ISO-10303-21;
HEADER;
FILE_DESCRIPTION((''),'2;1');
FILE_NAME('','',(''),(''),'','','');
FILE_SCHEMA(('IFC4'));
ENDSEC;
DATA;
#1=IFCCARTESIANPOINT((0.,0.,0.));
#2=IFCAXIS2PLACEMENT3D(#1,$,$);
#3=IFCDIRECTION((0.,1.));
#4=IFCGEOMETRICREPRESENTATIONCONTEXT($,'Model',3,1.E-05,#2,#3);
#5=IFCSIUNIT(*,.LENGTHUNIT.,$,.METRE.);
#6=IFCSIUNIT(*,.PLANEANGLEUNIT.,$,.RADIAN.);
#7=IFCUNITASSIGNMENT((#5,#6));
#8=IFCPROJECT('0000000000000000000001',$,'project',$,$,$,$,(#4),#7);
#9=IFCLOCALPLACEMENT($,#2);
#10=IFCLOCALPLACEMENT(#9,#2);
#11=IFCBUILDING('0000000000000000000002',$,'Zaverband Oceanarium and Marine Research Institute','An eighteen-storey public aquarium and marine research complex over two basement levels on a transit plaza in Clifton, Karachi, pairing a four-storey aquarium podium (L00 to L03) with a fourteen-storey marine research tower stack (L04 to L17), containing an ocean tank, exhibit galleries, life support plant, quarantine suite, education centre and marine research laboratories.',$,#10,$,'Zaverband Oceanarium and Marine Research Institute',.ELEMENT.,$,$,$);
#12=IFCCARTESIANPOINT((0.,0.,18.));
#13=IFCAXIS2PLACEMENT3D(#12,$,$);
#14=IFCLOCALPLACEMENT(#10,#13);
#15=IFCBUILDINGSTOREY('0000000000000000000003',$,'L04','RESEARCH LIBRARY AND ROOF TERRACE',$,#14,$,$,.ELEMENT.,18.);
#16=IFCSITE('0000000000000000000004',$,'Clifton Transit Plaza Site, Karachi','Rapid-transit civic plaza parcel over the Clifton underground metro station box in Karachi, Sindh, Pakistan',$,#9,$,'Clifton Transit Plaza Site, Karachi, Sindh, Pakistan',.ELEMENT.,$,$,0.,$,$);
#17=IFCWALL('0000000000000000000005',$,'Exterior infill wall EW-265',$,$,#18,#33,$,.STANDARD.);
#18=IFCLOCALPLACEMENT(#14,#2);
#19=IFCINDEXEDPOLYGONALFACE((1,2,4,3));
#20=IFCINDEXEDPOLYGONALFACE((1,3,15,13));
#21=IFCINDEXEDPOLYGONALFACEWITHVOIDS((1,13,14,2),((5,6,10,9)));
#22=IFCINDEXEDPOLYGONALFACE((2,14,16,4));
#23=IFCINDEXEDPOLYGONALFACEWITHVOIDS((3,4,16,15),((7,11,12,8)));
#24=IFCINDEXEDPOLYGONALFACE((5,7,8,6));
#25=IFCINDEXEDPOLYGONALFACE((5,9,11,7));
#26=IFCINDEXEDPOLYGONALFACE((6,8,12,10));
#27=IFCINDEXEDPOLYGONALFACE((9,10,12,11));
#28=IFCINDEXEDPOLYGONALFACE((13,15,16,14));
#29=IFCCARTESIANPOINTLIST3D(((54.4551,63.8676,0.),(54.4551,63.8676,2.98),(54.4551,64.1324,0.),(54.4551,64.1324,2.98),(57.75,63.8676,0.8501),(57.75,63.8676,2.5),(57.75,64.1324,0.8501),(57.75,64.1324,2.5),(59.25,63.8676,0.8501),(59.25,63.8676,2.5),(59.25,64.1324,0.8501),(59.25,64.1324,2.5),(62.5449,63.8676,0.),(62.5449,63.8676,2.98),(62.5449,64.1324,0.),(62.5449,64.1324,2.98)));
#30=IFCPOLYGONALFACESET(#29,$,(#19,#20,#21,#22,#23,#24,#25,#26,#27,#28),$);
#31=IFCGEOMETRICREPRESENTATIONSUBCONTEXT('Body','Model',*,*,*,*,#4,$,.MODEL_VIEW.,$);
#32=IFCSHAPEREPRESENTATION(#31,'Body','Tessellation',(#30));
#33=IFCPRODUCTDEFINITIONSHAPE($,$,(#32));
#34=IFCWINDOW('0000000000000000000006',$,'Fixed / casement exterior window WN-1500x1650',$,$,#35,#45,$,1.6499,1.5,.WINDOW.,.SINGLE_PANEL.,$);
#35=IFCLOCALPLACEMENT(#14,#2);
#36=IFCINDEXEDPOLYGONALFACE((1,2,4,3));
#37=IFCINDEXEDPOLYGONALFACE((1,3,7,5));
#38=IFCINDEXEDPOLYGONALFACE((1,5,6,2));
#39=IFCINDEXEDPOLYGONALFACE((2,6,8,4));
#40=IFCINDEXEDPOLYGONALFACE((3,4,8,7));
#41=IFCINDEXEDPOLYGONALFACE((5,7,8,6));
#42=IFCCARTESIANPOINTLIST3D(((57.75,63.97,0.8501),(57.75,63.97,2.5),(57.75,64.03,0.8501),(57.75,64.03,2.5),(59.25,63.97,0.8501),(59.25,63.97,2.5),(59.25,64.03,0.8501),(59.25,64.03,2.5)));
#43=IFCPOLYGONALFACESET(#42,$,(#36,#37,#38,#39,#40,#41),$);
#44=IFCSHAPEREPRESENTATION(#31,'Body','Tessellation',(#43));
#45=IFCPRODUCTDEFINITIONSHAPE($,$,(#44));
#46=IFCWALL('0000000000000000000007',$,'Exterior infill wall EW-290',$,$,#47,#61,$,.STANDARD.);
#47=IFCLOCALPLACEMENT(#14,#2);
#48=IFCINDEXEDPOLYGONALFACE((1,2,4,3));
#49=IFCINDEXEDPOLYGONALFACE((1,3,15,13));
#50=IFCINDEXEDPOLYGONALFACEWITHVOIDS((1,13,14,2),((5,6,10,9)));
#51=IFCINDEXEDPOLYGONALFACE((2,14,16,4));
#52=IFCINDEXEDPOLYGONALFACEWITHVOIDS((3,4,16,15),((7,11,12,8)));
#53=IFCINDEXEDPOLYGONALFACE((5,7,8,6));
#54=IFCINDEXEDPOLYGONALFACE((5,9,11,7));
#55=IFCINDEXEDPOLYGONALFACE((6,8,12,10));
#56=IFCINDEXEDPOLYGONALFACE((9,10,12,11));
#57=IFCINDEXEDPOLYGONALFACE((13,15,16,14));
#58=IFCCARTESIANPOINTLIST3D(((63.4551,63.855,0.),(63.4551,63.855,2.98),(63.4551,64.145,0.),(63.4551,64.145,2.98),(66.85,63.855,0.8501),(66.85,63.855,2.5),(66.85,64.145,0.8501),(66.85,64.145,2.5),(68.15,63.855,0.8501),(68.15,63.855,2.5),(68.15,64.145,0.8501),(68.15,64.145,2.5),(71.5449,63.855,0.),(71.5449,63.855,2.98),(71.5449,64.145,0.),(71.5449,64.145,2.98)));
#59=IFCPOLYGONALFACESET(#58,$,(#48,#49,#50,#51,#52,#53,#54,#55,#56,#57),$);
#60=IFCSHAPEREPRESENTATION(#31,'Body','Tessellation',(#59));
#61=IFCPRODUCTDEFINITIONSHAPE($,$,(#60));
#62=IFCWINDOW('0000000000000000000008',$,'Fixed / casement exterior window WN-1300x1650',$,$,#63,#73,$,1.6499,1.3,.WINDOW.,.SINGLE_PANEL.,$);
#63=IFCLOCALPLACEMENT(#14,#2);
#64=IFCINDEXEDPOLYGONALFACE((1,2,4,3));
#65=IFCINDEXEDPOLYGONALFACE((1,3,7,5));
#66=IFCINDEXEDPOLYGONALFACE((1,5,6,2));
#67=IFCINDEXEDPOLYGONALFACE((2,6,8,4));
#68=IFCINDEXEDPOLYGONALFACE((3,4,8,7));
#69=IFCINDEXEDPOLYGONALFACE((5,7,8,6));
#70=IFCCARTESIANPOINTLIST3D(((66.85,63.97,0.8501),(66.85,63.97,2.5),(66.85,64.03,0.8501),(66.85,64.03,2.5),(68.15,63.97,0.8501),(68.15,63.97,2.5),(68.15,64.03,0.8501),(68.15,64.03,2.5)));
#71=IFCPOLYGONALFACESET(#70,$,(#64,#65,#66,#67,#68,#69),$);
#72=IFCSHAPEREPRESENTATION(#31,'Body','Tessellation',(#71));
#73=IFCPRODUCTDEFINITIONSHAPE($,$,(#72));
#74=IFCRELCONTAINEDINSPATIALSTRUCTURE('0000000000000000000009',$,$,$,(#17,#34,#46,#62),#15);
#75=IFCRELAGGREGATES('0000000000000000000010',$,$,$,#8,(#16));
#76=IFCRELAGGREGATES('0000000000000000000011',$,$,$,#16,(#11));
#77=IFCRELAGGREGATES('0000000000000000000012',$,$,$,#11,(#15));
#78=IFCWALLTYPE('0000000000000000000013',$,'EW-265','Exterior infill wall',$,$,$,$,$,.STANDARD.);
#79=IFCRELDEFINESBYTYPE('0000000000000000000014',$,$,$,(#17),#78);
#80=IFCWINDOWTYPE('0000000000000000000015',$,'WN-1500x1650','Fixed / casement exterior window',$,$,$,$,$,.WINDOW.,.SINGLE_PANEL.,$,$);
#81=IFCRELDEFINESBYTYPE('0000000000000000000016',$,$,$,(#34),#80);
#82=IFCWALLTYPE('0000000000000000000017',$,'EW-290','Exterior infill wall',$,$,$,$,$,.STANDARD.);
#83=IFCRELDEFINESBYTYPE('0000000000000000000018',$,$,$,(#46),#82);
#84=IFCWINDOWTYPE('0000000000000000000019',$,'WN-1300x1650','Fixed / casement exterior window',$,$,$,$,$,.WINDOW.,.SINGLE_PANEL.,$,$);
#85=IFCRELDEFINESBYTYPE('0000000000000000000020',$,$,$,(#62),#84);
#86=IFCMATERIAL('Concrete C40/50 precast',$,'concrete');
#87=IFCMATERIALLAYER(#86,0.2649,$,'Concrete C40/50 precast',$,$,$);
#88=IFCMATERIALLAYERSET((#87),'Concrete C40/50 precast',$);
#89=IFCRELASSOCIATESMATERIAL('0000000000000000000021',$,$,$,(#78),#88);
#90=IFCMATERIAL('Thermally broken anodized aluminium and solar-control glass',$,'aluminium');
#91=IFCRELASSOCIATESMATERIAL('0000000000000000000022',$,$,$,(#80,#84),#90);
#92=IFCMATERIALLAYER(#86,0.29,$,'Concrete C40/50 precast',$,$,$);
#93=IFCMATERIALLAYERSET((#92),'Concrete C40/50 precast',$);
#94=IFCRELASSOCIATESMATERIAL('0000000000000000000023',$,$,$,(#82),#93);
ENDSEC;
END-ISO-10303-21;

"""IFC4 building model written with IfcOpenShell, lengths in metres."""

from ifc_helpers import new_model, si_unit, direction, frame, frame_2d, origin, place, context, subcontext, project, spatial, rectangle, extrude, material, layer, layer_set, type_object, element, fill, save


model = new_model("IFC4")

# Units and contexts
model_context = context("Model", 3, precision=1e-05, world=origin(), true_north=direction((0.0, 1.0)))
body_context = subcontext(model_context, "Body", "Model", "MODEL_VIEW")
ifc_project = project(units=[si_unit("LENGTHUNIT", "METRE"), si_unit("PLANEANGLEUNIT", "RADIAN")], contexts=[model_context])

# Site, building, storey
site_placement = place(None, origin())
site = spatial("IfcSite", under=ifc_project, at=site_placement, Name="Clifton Transit Plaza Site, Karachi", Description="Rapid-transit civic plaza parcel over the Clifton underground metro station box in Karachi, Sindh, Pakistan", LongName="Clifton Transit Plaza Site, Karachi, Sindh, Pakistan", CompositionType="ELEMENT", RefElevation=0.0)
building_placement = place(site_placement, origin())
building = spatial("IfcBuilding", under=site, at=building_placement, Name="Zaverband Oceanarium and Marine Research Institute", Description="An eighteen-storey public aquarium and marine research complex over two basement levels on a transit plaza in Clifton, Karachi, pairing a four-storey aquarium podium (L00 to L03) with a fourteen-storey marine research tower stack (L04 to L17), containing an ocean tank, exhibit galleries, life support plant, quarantine suite, education centre and marine research laboratories.", LongName="Zaverband Oceanarium and Marine Research Institute", CompositionType="ELEMENT")
storey_placement = place(building_placement, frame((0.0, 0.0, 18.0)))
storey = spatial("IfcBuildingStorey", under=building, at=storey_placement, Name="L04", Description="RESEARCH LIBRARY AND ROOF TERRACE", CompositionType="ELEMENT", Elevation=18.0)

# Shared definitions
ifc_material_1 = material(Name="Thermally broken anodized aluminium and solar-control glass", Category="aluminium")

# Walls, openings, windows
ifc_material_2 = material(Name="Concrete C40/50 precast", Category="concrete")
ifc_layer_1 = layer(ifc_material_2, 0.2649, Name="Concrete C40/50 precast")
ifc_layer_set_1 = layer_set([ifc_layer_1], Name="Concrete C40/50 precast")
wall_type_1 = type_object("IfcWallType", Name="EW-265", Description="Exterior infill wall", PredefinedType="STANDARD", material=ifc_layer_set_1)
wall_1_placement = place(storey_placement, frame((54.4551, 64.0, 0.0), z_axis=(0.0, 0.0, 1.0), x_axis=(1.0, 0.0, 0.0)))
wall_1 = element("IfcWall", 1, at=wall_1_placement, inside=storey, type_object=wall_type_1, Name="Exterior infill wall EW-265", PredefinedType="STANDARD", context=body_context, shape_type="SweptSolid", body=[
    extrude(rectangle(XDim=8.0898, YDim=0.2649, at=frame_2d((4.0449, 0.0))), origin(), (0.0, 0.0, 1.0), 2.98),
])
opening_1_placement = place(wall_1_placement, frame((3.2949, 0.0, 0.8501)))
opening_1 = element("IfcOpeningElement", 2, at=opening_1_placement, cuts=wall_1, PredefinedType="OPENING", context=body_context, shape_type="SweptSolid", body=[
    extrude(rectangle(XDim=1.5, YDim=1.6499, at=frame_2d((0.75, 0.825))), frame((0.0, 0.1445, 0.0), z_axis=(0.0, -1.0, 0.0), x_axis=(1.0, 0.0, 0.0)), (0.0, 0.0, 1.0), 0.2888),
])
window_type_1 = type_object("IfcWindowType", Name="WN-1500x1650", Description="Fixed / casement exterior window", PartitioningType="SINGLE_PANEL", PredefinedType="WINDOW", material=ifc_material_1)
window_1_placement = place(opening_1_placement, origin())
window_1 = element("IfcWindow", 3, at=window_1_placement, inside=storey, type_object=window_type_1, Name="Fixed / casement exterior window WN-1500x1650", OverallHeight=1.6499, OverallWidth=1.5, PartitioningType="SINGLE_PANEL", PredefinedType="WINDOW", context=body_context, shape_type="SweptSolid", body=[
    extrude(rectangle(XDim=1.5, YDim=1.6499, at=frame_2d((0.75, 0.825))), frame((0.0, 0.03, 0.0), z_axis=(0.0, -1.0, 0.0), x_axis=(1.0, 0.0, 0.0)), (0.0, 0.0, 1.0), 0.0601),
])
fill(opening_1, window_1)
ifc_layer_2 = layer(ifc_material_2, 0.29, Name="Concrete C40/50 precast")
ifc_layer_set_2 = layer_set([ifc_layer_2], Name="Concrete C40/50 precast")
wall_type_2 = type_object("IfcWallType", Name="EW-290", Description="Exterior infill wall", PredefinedType="STANDARD", material=ifc_layer_set_2)
wall_2_placement = place(storey_placement, frame((63.4551, 64.0, 0.0), z_axis=(0.0, 0.0, 1.0), x_axis=(1.0, 0.0, 0.0)))
wall_2 = element("IfcWall", 4, at=wall_2_placement, inside=storey, type_object=wall_type_2, Name="Exterior infill wall EW-290", PredefinedType="STANDARD", context=body_context, shape_type="SweptSolid", body=[
    extrude(rectangle(XDim=8.0898, YDim=0.29, at=frame_2d((4.0449, 0.0))), origin(), (0.0, 0.0, 1.0), 2.98),
])
opening_2_placement = place(wall_2_placement, frame((3.395, 0.0, 0.8501)))
opening_2 = element("IfcOpeningElement", 5, at=opening_2_placement, cuts=wall_2, PredefinedType="OPENING", context=body_context, shape_type="SweptSolid", body=[
    extrude(rectangle(XDim=1.3, YDim=1.6499, at=frame_2d((0.6499, 0.825))), frame((0.0, 0.157, 0.0), z_axis=(0.0, -1.0, 0.0), x_axis=(1.0, 0.0, 0.0)), (0.0, 0.0, 1.0), 0.314),
])
window_type_2 = type_object("IfcWindowType", Name="WN-1300x1650", Description="Fixed / casement exterior window", PartitioningType="SINGLE_PANEL", PredefinedType="WINDOW", material=ifc_material_1)
window_2_placement = place(opening_2_placement, origin())
window_2 = element("IfcWindow", 6, at=window_2_placement, inside=storey, type_object=window_type_2, Name="Fixed / casement exterior window WN-1300x1650", OverallHeight=1.6499, OverallWidth=1.3, PartitioningType="SINGLE_PANEL", PredefinedType="WINDOW", context=body_context, shape_type="SweptSolid", body=[
    extrude(rectangle(XDim=1.3, YDim=1.6499, at=frame_2d((0.6499, 0.825))), frame((0.0, 0.03, 0.0), z_axis=(0.0, -1.0, 0.0), x_axis=(1.0, 0.0, 0.0)), (0.0, 0.0, 1.0), 0.0601),
])
fill(opening_2, window_2)

save(model, "model.ifc")
